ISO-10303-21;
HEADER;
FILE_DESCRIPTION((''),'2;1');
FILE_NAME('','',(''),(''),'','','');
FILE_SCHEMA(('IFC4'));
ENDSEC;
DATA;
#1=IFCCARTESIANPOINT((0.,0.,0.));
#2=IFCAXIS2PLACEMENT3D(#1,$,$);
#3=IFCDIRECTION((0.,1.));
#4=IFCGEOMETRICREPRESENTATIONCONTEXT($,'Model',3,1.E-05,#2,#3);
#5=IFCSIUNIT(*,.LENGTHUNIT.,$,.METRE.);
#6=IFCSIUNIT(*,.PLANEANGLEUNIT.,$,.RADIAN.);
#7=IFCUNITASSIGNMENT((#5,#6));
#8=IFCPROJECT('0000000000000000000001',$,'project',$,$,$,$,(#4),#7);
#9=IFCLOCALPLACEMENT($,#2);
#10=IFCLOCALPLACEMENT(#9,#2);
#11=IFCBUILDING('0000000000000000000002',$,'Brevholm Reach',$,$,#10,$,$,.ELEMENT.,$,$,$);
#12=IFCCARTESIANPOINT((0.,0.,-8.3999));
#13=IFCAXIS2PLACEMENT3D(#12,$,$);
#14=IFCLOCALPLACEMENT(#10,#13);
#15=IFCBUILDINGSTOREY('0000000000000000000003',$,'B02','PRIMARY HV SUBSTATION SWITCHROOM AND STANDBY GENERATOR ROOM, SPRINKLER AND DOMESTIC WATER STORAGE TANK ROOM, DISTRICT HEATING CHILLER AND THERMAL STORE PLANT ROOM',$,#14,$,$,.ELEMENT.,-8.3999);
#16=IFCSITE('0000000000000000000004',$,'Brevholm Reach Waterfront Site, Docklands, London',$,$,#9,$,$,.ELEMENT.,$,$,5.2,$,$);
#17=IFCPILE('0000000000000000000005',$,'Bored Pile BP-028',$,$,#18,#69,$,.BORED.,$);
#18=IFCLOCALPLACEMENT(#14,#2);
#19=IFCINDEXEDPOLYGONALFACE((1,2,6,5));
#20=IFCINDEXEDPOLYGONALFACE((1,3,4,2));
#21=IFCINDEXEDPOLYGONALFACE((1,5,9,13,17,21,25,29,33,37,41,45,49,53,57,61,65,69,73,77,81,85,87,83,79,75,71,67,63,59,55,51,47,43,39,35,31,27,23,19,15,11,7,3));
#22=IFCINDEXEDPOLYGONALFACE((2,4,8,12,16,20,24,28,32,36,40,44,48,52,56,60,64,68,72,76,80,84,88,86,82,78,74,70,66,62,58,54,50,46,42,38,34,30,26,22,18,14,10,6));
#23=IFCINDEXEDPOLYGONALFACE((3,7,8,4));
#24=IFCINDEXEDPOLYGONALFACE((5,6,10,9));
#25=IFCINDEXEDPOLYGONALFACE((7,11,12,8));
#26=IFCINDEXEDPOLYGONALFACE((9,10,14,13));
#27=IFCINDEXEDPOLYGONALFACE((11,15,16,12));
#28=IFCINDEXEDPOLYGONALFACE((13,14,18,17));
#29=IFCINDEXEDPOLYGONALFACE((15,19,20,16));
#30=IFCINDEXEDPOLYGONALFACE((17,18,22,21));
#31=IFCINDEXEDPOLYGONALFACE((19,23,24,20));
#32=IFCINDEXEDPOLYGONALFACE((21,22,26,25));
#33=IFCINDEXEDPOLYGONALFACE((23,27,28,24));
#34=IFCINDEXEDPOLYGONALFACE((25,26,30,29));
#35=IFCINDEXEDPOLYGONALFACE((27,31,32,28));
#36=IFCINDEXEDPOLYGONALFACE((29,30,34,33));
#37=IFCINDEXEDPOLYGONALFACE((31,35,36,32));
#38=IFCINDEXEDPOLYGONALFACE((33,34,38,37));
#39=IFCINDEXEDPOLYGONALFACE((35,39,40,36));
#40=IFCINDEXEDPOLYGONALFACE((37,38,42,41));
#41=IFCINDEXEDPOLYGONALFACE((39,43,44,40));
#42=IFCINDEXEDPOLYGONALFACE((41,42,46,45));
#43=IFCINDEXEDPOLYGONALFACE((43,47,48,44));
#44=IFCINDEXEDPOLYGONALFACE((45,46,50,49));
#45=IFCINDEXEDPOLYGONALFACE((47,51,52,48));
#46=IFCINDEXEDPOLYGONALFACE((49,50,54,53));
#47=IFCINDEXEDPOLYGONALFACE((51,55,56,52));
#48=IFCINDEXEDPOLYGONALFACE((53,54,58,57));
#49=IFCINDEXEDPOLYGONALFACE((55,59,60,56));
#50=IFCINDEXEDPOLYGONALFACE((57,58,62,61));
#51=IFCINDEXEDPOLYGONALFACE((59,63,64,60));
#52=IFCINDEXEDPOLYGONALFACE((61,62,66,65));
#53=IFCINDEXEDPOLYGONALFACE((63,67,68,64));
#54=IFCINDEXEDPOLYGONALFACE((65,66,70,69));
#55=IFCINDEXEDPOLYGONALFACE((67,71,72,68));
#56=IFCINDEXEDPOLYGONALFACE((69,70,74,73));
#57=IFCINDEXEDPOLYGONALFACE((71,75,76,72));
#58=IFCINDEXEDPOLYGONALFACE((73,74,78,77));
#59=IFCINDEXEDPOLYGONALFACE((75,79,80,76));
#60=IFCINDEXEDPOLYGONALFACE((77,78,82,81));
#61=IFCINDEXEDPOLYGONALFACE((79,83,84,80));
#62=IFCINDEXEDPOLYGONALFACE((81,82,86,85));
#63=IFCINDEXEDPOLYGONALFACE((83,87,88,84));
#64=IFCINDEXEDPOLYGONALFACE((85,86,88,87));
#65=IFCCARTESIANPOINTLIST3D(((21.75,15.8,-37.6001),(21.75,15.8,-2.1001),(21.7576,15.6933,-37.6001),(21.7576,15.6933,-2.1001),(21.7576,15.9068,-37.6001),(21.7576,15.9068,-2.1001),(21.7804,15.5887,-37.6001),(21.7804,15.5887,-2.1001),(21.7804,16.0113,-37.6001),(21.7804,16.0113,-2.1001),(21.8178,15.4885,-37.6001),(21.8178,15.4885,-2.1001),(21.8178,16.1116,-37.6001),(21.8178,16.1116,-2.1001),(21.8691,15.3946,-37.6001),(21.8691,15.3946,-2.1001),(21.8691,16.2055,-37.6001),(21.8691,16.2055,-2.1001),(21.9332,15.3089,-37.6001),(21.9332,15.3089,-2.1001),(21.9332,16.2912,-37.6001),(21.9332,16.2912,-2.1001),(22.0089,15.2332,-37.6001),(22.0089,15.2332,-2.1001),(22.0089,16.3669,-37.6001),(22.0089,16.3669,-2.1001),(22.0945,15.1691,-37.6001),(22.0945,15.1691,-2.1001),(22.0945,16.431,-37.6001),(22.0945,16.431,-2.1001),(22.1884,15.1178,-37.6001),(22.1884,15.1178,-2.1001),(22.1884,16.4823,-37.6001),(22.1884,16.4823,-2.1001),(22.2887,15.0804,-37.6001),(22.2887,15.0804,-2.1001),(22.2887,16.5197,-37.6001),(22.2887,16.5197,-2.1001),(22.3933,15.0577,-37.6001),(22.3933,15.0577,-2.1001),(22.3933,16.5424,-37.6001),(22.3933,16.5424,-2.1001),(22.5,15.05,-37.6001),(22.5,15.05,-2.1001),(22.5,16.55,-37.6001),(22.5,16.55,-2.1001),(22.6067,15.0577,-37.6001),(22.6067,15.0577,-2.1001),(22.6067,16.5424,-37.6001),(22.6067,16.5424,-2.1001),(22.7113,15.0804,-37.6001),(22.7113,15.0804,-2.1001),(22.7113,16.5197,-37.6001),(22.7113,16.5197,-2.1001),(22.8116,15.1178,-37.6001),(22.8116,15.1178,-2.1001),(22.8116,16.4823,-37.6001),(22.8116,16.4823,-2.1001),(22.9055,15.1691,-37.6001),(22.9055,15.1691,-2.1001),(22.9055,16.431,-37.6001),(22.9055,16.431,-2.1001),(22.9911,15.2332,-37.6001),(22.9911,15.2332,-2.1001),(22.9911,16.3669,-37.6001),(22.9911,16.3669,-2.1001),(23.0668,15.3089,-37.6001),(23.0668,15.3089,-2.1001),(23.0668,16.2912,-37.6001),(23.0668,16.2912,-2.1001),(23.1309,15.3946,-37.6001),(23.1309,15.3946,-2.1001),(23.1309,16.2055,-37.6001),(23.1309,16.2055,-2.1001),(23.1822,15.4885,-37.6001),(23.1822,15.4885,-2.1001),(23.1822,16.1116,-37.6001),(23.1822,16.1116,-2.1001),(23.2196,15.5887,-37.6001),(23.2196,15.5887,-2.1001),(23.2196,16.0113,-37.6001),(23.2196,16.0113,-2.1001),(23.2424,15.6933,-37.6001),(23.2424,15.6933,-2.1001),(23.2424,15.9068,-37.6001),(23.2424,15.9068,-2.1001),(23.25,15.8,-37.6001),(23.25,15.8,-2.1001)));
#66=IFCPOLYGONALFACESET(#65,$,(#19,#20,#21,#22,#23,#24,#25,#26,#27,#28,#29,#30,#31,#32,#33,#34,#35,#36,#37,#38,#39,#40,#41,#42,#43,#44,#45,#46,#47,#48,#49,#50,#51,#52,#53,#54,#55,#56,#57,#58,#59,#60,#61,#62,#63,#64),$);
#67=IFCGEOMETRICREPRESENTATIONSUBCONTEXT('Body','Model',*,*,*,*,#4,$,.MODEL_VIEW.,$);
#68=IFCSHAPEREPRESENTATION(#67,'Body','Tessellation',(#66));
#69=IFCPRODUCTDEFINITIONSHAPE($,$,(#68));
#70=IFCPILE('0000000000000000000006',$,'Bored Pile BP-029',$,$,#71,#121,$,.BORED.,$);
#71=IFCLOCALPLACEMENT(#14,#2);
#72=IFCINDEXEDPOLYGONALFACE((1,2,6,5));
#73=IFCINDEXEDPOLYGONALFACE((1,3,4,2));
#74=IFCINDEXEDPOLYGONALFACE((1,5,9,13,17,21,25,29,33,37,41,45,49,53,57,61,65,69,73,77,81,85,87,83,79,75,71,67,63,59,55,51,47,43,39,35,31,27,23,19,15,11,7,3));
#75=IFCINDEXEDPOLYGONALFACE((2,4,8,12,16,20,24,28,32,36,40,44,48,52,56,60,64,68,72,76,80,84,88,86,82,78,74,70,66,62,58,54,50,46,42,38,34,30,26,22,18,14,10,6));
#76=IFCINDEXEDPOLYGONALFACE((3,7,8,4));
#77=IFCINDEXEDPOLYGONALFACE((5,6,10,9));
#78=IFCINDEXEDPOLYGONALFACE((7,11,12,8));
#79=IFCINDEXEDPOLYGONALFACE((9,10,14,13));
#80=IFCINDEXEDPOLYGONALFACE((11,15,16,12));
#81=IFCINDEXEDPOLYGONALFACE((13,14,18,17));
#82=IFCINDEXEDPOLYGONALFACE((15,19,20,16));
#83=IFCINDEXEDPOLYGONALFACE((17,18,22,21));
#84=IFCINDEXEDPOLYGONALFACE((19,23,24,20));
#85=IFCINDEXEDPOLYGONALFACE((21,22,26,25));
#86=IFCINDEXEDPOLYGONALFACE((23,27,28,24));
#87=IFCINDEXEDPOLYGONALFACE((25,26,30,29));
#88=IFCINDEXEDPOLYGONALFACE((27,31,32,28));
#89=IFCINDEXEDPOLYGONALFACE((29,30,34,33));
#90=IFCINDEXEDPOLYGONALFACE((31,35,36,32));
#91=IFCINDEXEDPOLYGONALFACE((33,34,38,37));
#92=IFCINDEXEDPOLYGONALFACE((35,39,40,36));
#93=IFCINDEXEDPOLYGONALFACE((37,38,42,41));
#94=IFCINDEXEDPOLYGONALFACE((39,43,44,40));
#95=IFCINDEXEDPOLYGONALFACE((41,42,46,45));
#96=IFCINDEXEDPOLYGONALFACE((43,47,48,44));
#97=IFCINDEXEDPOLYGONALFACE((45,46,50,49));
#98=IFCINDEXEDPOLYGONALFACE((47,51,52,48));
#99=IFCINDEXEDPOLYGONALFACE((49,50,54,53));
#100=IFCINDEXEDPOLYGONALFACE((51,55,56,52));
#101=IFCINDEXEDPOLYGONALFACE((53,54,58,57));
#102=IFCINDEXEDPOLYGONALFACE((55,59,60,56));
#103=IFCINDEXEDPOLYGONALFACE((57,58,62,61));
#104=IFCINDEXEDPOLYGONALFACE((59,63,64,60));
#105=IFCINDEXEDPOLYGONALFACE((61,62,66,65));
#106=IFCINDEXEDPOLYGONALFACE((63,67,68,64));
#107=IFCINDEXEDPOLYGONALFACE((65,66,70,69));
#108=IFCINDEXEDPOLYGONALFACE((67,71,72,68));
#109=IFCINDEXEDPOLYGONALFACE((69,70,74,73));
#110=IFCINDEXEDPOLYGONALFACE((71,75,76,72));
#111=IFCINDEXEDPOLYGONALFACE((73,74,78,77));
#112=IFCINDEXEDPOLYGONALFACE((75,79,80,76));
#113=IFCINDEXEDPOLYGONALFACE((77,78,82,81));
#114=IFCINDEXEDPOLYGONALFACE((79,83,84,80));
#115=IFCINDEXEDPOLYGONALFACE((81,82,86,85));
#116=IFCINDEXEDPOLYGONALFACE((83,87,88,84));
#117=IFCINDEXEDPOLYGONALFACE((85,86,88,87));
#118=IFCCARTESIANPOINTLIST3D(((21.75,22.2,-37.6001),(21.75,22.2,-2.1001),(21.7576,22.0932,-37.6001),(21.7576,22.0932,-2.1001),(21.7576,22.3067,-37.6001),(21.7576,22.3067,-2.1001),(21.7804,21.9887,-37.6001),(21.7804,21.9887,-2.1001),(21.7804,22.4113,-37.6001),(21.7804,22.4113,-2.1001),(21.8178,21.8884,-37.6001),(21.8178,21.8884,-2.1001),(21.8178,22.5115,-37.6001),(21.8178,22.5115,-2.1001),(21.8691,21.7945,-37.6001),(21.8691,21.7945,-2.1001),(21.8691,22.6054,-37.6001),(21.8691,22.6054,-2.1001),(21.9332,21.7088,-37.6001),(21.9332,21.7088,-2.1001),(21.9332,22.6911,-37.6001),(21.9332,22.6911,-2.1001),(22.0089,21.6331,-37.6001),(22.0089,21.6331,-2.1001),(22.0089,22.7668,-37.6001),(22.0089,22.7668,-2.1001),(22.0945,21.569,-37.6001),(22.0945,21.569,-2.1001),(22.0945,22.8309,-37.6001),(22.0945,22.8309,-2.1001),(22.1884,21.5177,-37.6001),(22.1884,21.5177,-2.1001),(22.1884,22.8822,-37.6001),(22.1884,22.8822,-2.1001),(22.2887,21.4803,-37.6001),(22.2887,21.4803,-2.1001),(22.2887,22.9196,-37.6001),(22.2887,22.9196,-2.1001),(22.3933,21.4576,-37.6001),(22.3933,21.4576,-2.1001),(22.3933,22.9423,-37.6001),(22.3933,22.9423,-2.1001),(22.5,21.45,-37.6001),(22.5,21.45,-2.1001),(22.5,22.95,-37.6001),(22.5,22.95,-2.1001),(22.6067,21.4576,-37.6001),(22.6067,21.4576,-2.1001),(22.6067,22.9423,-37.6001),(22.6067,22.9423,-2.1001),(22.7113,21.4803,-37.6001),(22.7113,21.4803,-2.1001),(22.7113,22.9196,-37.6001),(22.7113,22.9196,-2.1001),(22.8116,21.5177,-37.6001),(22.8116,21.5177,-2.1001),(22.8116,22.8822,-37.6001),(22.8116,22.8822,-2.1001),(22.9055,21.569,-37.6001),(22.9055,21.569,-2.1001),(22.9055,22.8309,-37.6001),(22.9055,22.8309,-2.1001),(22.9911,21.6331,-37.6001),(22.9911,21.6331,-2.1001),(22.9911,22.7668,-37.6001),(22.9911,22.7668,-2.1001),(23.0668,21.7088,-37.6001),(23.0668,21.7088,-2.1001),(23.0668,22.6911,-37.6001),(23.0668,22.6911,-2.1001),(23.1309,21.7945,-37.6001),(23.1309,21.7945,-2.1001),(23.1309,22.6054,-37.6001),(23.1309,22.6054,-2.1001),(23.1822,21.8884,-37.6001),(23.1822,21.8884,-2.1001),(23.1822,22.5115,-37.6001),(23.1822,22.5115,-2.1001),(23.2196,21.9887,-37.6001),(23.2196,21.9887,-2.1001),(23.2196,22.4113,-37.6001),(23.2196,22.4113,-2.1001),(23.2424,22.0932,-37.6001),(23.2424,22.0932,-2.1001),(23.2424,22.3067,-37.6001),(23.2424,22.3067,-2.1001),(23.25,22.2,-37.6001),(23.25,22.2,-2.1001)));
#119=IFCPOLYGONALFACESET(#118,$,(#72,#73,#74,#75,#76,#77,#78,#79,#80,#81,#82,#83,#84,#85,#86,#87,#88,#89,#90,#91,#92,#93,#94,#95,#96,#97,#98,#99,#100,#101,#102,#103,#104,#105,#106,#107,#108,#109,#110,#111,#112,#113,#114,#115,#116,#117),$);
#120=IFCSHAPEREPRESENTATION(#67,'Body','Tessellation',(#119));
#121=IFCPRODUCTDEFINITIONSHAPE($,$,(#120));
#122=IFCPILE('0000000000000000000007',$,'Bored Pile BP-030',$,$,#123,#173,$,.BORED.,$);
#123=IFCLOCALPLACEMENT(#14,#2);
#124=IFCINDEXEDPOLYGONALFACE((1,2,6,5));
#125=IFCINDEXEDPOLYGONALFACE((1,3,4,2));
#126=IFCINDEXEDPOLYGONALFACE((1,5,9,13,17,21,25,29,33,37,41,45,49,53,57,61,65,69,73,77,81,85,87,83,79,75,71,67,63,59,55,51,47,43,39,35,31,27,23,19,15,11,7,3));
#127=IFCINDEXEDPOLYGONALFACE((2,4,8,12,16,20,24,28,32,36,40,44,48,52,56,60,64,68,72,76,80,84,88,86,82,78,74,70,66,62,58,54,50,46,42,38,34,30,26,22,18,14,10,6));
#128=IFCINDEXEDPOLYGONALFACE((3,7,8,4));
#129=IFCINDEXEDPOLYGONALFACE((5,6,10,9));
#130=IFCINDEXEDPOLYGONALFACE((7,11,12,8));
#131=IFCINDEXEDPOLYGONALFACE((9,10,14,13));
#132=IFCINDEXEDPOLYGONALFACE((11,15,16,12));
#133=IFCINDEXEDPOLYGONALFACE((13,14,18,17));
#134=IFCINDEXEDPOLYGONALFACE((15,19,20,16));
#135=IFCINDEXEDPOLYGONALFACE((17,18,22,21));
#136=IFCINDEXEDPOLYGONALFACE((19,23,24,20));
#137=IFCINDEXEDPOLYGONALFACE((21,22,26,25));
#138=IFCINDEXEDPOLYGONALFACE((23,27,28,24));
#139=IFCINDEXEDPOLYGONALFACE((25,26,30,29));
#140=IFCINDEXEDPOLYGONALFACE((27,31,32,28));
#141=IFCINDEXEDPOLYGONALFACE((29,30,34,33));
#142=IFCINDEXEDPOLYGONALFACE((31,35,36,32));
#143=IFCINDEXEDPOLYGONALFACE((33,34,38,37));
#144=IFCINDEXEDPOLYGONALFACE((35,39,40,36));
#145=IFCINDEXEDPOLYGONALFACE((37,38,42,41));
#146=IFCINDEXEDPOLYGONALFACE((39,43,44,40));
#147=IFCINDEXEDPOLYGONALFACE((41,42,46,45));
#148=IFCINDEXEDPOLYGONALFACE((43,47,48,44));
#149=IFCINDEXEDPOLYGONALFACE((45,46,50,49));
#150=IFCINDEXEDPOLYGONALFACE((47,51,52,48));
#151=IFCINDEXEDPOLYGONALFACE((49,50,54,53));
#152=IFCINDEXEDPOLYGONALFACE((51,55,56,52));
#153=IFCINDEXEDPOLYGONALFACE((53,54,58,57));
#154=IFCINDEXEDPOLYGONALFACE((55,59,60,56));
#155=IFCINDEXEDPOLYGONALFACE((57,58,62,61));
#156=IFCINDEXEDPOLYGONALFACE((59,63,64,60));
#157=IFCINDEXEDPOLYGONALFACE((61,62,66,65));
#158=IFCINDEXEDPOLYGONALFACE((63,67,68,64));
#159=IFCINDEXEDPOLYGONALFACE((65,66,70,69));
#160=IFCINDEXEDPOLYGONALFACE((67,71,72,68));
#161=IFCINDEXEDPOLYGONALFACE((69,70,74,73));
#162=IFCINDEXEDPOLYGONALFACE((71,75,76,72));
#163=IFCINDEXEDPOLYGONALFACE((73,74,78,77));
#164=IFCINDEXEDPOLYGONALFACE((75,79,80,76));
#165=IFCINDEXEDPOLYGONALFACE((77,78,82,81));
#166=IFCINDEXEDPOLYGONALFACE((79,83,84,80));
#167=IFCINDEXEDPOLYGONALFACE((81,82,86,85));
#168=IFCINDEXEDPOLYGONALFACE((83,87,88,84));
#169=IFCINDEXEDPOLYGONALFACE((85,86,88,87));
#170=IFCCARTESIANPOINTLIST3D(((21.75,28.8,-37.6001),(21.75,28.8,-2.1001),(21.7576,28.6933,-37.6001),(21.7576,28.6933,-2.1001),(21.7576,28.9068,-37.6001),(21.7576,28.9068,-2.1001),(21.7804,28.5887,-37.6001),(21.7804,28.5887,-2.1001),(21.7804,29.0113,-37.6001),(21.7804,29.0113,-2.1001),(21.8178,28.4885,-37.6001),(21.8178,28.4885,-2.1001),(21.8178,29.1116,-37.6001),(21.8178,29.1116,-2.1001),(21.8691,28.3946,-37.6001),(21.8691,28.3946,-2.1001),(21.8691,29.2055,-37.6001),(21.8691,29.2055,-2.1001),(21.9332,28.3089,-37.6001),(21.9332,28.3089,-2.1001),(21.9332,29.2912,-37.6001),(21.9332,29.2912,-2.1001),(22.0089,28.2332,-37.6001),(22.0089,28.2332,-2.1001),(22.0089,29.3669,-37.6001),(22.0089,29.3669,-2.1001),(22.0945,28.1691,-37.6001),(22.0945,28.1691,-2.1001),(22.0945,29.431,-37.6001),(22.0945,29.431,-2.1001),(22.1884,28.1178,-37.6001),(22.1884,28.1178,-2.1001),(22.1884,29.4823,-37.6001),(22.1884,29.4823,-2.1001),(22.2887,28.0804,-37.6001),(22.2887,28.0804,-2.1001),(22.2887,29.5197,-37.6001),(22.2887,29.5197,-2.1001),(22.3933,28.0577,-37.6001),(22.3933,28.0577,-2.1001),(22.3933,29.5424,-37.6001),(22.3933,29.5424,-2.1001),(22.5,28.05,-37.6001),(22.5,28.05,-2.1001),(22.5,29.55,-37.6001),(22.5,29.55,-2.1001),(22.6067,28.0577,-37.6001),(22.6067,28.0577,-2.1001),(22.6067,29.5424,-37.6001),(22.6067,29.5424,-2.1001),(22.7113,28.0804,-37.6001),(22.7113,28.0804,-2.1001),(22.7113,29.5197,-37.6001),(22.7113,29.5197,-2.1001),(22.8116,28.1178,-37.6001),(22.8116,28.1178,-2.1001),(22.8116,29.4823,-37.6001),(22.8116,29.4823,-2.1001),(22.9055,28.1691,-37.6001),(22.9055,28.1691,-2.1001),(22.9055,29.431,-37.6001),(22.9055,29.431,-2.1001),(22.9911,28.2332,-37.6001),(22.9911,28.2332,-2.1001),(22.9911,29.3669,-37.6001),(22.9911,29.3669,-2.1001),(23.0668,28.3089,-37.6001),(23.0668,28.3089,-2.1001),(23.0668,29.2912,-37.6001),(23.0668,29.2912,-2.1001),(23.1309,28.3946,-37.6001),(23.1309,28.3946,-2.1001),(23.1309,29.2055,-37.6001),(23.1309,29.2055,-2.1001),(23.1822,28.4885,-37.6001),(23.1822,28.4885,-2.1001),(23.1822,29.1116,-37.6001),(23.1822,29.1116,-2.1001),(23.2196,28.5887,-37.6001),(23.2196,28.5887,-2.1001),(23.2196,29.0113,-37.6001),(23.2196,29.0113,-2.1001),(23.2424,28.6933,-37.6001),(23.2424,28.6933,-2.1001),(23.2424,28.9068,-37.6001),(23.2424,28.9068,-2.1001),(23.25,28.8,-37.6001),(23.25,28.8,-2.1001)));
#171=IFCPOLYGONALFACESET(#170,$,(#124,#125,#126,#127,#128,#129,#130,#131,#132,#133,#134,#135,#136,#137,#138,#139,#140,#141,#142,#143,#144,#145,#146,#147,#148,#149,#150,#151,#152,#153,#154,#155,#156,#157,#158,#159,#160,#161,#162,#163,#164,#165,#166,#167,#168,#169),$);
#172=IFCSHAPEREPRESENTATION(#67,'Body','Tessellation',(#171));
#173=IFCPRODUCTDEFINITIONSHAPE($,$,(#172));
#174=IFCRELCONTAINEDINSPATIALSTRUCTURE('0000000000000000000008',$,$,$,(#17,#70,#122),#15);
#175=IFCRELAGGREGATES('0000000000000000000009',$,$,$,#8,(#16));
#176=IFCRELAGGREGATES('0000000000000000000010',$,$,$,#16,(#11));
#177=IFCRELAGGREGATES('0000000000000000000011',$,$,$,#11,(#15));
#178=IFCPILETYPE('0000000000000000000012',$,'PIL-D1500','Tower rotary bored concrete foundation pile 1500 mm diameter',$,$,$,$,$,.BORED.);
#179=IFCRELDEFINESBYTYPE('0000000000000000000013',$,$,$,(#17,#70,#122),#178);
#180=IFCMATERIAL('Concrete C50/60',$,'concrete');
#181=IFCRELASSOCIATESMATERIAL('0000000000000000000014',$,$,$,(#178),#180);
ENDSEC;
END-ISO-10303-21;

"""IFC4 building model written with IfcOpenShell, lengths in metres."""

from ifc_helpers import new_model, si_unit, direction, frame, origin, origin_2d, place, context, subcontext, project, spatial, circle, extrude, material, material_profile, profile_set, type_object, element, save


model = new_model("IFC4")

# Units and contexts
model_context = context("Model", 3, precision=1e-05, world=origin(), true_north=direction((0.0, 1.0)))
body_context = subcontext(model_context, "Body", "Model", "MODEL_VIEW")
ifc_project = project(units=[si_unit("LENGTHUNIT", "METRE"), si_unit("PLANEANGLEUNIT", "RADIAN")], contexts=[model_context])

# Site, building, storey
site_placement = place(None, origin())
site = spatial("IfcSite", under=ifc_project, at=site_placement, Name="Brevholm Reach Waterfront Site, Docklands, London", CompositionType="ELEMENT", RefElevation=5.2)
building_placement = place(site_placement, origin())
building = spatial("IfcBuilding", under=site, at=building_placement, Name="Brevholm Reach", CompositionType="ELEMENT")
storey_placement = place(building_placement, frame((0.0, 0.0, -8.3999)))
storey = spatial("IfcBuildingStorey", under=building, at=storey_placement, Name="B02", Description="PRIMARY HV SUBSTATION SWITCHROOM AND STANDBY GENERATOR ROOM, SPRINKLER AND DOMESTIC WATER STORAGE TANK ROOM, DISTRICT HEATING CHILLER AND THERMAL STORE PLANT ROOM", CompositionType="ELEMENT", Elevation=-8.3999)

# Piles
ifc_material_1 = material(Name="Concrete C50/60", Category="concrete")
ifc_material_profile_1 = material_profile(ifc_material_1, circle(Radius=0.75, at=origin_2d()), Name="PILE D1500")
ifc_profile_set_1 = profile_set([ifc_material_profile_1], Name="Concrete C50/60")
pile_type = type_object("IfcPileType", Name="PIL-D1500", Description="Tower rotary bored concrete foundation pile 1500 mm diameter", PredefinedType="BORED", material=ifc_profile_set_1)
for number, where, z_axis, x_axis, name in (
    (1, (22.5, 15.8, -2.1001), (0.0, 0.0, -1.0), (1.0, 0.0, 0.0), "Bored Pile BP-028"),
    (2, (22.5, 22.2, -2.1001), (0.0, 0.0, -1.0), (1.0, 0.0, 0.0), "Bored Pile BP-029"),
    (3, (22.5, 28.8, -2.1001), (0.0, 0.0, -1.0), (1.0, 0.0, 0.0), "Bored Pile BP-030"),
):
    element("IfcPile", number, at=place(storey_placement, frame(where, z_axis=z_axis, x_axis=x_axis)), inside=storey, type_object=pile_type, Name=name, PredefinedType="BORED", context=body_context, shape_type="SweptSolid", body=[
        extrude(circle(Radius=0.75, at=origin_2d()), origin(), (0.0, 0.0, 1.0), 35.5),
    ])

save(model, "model.ifc")
